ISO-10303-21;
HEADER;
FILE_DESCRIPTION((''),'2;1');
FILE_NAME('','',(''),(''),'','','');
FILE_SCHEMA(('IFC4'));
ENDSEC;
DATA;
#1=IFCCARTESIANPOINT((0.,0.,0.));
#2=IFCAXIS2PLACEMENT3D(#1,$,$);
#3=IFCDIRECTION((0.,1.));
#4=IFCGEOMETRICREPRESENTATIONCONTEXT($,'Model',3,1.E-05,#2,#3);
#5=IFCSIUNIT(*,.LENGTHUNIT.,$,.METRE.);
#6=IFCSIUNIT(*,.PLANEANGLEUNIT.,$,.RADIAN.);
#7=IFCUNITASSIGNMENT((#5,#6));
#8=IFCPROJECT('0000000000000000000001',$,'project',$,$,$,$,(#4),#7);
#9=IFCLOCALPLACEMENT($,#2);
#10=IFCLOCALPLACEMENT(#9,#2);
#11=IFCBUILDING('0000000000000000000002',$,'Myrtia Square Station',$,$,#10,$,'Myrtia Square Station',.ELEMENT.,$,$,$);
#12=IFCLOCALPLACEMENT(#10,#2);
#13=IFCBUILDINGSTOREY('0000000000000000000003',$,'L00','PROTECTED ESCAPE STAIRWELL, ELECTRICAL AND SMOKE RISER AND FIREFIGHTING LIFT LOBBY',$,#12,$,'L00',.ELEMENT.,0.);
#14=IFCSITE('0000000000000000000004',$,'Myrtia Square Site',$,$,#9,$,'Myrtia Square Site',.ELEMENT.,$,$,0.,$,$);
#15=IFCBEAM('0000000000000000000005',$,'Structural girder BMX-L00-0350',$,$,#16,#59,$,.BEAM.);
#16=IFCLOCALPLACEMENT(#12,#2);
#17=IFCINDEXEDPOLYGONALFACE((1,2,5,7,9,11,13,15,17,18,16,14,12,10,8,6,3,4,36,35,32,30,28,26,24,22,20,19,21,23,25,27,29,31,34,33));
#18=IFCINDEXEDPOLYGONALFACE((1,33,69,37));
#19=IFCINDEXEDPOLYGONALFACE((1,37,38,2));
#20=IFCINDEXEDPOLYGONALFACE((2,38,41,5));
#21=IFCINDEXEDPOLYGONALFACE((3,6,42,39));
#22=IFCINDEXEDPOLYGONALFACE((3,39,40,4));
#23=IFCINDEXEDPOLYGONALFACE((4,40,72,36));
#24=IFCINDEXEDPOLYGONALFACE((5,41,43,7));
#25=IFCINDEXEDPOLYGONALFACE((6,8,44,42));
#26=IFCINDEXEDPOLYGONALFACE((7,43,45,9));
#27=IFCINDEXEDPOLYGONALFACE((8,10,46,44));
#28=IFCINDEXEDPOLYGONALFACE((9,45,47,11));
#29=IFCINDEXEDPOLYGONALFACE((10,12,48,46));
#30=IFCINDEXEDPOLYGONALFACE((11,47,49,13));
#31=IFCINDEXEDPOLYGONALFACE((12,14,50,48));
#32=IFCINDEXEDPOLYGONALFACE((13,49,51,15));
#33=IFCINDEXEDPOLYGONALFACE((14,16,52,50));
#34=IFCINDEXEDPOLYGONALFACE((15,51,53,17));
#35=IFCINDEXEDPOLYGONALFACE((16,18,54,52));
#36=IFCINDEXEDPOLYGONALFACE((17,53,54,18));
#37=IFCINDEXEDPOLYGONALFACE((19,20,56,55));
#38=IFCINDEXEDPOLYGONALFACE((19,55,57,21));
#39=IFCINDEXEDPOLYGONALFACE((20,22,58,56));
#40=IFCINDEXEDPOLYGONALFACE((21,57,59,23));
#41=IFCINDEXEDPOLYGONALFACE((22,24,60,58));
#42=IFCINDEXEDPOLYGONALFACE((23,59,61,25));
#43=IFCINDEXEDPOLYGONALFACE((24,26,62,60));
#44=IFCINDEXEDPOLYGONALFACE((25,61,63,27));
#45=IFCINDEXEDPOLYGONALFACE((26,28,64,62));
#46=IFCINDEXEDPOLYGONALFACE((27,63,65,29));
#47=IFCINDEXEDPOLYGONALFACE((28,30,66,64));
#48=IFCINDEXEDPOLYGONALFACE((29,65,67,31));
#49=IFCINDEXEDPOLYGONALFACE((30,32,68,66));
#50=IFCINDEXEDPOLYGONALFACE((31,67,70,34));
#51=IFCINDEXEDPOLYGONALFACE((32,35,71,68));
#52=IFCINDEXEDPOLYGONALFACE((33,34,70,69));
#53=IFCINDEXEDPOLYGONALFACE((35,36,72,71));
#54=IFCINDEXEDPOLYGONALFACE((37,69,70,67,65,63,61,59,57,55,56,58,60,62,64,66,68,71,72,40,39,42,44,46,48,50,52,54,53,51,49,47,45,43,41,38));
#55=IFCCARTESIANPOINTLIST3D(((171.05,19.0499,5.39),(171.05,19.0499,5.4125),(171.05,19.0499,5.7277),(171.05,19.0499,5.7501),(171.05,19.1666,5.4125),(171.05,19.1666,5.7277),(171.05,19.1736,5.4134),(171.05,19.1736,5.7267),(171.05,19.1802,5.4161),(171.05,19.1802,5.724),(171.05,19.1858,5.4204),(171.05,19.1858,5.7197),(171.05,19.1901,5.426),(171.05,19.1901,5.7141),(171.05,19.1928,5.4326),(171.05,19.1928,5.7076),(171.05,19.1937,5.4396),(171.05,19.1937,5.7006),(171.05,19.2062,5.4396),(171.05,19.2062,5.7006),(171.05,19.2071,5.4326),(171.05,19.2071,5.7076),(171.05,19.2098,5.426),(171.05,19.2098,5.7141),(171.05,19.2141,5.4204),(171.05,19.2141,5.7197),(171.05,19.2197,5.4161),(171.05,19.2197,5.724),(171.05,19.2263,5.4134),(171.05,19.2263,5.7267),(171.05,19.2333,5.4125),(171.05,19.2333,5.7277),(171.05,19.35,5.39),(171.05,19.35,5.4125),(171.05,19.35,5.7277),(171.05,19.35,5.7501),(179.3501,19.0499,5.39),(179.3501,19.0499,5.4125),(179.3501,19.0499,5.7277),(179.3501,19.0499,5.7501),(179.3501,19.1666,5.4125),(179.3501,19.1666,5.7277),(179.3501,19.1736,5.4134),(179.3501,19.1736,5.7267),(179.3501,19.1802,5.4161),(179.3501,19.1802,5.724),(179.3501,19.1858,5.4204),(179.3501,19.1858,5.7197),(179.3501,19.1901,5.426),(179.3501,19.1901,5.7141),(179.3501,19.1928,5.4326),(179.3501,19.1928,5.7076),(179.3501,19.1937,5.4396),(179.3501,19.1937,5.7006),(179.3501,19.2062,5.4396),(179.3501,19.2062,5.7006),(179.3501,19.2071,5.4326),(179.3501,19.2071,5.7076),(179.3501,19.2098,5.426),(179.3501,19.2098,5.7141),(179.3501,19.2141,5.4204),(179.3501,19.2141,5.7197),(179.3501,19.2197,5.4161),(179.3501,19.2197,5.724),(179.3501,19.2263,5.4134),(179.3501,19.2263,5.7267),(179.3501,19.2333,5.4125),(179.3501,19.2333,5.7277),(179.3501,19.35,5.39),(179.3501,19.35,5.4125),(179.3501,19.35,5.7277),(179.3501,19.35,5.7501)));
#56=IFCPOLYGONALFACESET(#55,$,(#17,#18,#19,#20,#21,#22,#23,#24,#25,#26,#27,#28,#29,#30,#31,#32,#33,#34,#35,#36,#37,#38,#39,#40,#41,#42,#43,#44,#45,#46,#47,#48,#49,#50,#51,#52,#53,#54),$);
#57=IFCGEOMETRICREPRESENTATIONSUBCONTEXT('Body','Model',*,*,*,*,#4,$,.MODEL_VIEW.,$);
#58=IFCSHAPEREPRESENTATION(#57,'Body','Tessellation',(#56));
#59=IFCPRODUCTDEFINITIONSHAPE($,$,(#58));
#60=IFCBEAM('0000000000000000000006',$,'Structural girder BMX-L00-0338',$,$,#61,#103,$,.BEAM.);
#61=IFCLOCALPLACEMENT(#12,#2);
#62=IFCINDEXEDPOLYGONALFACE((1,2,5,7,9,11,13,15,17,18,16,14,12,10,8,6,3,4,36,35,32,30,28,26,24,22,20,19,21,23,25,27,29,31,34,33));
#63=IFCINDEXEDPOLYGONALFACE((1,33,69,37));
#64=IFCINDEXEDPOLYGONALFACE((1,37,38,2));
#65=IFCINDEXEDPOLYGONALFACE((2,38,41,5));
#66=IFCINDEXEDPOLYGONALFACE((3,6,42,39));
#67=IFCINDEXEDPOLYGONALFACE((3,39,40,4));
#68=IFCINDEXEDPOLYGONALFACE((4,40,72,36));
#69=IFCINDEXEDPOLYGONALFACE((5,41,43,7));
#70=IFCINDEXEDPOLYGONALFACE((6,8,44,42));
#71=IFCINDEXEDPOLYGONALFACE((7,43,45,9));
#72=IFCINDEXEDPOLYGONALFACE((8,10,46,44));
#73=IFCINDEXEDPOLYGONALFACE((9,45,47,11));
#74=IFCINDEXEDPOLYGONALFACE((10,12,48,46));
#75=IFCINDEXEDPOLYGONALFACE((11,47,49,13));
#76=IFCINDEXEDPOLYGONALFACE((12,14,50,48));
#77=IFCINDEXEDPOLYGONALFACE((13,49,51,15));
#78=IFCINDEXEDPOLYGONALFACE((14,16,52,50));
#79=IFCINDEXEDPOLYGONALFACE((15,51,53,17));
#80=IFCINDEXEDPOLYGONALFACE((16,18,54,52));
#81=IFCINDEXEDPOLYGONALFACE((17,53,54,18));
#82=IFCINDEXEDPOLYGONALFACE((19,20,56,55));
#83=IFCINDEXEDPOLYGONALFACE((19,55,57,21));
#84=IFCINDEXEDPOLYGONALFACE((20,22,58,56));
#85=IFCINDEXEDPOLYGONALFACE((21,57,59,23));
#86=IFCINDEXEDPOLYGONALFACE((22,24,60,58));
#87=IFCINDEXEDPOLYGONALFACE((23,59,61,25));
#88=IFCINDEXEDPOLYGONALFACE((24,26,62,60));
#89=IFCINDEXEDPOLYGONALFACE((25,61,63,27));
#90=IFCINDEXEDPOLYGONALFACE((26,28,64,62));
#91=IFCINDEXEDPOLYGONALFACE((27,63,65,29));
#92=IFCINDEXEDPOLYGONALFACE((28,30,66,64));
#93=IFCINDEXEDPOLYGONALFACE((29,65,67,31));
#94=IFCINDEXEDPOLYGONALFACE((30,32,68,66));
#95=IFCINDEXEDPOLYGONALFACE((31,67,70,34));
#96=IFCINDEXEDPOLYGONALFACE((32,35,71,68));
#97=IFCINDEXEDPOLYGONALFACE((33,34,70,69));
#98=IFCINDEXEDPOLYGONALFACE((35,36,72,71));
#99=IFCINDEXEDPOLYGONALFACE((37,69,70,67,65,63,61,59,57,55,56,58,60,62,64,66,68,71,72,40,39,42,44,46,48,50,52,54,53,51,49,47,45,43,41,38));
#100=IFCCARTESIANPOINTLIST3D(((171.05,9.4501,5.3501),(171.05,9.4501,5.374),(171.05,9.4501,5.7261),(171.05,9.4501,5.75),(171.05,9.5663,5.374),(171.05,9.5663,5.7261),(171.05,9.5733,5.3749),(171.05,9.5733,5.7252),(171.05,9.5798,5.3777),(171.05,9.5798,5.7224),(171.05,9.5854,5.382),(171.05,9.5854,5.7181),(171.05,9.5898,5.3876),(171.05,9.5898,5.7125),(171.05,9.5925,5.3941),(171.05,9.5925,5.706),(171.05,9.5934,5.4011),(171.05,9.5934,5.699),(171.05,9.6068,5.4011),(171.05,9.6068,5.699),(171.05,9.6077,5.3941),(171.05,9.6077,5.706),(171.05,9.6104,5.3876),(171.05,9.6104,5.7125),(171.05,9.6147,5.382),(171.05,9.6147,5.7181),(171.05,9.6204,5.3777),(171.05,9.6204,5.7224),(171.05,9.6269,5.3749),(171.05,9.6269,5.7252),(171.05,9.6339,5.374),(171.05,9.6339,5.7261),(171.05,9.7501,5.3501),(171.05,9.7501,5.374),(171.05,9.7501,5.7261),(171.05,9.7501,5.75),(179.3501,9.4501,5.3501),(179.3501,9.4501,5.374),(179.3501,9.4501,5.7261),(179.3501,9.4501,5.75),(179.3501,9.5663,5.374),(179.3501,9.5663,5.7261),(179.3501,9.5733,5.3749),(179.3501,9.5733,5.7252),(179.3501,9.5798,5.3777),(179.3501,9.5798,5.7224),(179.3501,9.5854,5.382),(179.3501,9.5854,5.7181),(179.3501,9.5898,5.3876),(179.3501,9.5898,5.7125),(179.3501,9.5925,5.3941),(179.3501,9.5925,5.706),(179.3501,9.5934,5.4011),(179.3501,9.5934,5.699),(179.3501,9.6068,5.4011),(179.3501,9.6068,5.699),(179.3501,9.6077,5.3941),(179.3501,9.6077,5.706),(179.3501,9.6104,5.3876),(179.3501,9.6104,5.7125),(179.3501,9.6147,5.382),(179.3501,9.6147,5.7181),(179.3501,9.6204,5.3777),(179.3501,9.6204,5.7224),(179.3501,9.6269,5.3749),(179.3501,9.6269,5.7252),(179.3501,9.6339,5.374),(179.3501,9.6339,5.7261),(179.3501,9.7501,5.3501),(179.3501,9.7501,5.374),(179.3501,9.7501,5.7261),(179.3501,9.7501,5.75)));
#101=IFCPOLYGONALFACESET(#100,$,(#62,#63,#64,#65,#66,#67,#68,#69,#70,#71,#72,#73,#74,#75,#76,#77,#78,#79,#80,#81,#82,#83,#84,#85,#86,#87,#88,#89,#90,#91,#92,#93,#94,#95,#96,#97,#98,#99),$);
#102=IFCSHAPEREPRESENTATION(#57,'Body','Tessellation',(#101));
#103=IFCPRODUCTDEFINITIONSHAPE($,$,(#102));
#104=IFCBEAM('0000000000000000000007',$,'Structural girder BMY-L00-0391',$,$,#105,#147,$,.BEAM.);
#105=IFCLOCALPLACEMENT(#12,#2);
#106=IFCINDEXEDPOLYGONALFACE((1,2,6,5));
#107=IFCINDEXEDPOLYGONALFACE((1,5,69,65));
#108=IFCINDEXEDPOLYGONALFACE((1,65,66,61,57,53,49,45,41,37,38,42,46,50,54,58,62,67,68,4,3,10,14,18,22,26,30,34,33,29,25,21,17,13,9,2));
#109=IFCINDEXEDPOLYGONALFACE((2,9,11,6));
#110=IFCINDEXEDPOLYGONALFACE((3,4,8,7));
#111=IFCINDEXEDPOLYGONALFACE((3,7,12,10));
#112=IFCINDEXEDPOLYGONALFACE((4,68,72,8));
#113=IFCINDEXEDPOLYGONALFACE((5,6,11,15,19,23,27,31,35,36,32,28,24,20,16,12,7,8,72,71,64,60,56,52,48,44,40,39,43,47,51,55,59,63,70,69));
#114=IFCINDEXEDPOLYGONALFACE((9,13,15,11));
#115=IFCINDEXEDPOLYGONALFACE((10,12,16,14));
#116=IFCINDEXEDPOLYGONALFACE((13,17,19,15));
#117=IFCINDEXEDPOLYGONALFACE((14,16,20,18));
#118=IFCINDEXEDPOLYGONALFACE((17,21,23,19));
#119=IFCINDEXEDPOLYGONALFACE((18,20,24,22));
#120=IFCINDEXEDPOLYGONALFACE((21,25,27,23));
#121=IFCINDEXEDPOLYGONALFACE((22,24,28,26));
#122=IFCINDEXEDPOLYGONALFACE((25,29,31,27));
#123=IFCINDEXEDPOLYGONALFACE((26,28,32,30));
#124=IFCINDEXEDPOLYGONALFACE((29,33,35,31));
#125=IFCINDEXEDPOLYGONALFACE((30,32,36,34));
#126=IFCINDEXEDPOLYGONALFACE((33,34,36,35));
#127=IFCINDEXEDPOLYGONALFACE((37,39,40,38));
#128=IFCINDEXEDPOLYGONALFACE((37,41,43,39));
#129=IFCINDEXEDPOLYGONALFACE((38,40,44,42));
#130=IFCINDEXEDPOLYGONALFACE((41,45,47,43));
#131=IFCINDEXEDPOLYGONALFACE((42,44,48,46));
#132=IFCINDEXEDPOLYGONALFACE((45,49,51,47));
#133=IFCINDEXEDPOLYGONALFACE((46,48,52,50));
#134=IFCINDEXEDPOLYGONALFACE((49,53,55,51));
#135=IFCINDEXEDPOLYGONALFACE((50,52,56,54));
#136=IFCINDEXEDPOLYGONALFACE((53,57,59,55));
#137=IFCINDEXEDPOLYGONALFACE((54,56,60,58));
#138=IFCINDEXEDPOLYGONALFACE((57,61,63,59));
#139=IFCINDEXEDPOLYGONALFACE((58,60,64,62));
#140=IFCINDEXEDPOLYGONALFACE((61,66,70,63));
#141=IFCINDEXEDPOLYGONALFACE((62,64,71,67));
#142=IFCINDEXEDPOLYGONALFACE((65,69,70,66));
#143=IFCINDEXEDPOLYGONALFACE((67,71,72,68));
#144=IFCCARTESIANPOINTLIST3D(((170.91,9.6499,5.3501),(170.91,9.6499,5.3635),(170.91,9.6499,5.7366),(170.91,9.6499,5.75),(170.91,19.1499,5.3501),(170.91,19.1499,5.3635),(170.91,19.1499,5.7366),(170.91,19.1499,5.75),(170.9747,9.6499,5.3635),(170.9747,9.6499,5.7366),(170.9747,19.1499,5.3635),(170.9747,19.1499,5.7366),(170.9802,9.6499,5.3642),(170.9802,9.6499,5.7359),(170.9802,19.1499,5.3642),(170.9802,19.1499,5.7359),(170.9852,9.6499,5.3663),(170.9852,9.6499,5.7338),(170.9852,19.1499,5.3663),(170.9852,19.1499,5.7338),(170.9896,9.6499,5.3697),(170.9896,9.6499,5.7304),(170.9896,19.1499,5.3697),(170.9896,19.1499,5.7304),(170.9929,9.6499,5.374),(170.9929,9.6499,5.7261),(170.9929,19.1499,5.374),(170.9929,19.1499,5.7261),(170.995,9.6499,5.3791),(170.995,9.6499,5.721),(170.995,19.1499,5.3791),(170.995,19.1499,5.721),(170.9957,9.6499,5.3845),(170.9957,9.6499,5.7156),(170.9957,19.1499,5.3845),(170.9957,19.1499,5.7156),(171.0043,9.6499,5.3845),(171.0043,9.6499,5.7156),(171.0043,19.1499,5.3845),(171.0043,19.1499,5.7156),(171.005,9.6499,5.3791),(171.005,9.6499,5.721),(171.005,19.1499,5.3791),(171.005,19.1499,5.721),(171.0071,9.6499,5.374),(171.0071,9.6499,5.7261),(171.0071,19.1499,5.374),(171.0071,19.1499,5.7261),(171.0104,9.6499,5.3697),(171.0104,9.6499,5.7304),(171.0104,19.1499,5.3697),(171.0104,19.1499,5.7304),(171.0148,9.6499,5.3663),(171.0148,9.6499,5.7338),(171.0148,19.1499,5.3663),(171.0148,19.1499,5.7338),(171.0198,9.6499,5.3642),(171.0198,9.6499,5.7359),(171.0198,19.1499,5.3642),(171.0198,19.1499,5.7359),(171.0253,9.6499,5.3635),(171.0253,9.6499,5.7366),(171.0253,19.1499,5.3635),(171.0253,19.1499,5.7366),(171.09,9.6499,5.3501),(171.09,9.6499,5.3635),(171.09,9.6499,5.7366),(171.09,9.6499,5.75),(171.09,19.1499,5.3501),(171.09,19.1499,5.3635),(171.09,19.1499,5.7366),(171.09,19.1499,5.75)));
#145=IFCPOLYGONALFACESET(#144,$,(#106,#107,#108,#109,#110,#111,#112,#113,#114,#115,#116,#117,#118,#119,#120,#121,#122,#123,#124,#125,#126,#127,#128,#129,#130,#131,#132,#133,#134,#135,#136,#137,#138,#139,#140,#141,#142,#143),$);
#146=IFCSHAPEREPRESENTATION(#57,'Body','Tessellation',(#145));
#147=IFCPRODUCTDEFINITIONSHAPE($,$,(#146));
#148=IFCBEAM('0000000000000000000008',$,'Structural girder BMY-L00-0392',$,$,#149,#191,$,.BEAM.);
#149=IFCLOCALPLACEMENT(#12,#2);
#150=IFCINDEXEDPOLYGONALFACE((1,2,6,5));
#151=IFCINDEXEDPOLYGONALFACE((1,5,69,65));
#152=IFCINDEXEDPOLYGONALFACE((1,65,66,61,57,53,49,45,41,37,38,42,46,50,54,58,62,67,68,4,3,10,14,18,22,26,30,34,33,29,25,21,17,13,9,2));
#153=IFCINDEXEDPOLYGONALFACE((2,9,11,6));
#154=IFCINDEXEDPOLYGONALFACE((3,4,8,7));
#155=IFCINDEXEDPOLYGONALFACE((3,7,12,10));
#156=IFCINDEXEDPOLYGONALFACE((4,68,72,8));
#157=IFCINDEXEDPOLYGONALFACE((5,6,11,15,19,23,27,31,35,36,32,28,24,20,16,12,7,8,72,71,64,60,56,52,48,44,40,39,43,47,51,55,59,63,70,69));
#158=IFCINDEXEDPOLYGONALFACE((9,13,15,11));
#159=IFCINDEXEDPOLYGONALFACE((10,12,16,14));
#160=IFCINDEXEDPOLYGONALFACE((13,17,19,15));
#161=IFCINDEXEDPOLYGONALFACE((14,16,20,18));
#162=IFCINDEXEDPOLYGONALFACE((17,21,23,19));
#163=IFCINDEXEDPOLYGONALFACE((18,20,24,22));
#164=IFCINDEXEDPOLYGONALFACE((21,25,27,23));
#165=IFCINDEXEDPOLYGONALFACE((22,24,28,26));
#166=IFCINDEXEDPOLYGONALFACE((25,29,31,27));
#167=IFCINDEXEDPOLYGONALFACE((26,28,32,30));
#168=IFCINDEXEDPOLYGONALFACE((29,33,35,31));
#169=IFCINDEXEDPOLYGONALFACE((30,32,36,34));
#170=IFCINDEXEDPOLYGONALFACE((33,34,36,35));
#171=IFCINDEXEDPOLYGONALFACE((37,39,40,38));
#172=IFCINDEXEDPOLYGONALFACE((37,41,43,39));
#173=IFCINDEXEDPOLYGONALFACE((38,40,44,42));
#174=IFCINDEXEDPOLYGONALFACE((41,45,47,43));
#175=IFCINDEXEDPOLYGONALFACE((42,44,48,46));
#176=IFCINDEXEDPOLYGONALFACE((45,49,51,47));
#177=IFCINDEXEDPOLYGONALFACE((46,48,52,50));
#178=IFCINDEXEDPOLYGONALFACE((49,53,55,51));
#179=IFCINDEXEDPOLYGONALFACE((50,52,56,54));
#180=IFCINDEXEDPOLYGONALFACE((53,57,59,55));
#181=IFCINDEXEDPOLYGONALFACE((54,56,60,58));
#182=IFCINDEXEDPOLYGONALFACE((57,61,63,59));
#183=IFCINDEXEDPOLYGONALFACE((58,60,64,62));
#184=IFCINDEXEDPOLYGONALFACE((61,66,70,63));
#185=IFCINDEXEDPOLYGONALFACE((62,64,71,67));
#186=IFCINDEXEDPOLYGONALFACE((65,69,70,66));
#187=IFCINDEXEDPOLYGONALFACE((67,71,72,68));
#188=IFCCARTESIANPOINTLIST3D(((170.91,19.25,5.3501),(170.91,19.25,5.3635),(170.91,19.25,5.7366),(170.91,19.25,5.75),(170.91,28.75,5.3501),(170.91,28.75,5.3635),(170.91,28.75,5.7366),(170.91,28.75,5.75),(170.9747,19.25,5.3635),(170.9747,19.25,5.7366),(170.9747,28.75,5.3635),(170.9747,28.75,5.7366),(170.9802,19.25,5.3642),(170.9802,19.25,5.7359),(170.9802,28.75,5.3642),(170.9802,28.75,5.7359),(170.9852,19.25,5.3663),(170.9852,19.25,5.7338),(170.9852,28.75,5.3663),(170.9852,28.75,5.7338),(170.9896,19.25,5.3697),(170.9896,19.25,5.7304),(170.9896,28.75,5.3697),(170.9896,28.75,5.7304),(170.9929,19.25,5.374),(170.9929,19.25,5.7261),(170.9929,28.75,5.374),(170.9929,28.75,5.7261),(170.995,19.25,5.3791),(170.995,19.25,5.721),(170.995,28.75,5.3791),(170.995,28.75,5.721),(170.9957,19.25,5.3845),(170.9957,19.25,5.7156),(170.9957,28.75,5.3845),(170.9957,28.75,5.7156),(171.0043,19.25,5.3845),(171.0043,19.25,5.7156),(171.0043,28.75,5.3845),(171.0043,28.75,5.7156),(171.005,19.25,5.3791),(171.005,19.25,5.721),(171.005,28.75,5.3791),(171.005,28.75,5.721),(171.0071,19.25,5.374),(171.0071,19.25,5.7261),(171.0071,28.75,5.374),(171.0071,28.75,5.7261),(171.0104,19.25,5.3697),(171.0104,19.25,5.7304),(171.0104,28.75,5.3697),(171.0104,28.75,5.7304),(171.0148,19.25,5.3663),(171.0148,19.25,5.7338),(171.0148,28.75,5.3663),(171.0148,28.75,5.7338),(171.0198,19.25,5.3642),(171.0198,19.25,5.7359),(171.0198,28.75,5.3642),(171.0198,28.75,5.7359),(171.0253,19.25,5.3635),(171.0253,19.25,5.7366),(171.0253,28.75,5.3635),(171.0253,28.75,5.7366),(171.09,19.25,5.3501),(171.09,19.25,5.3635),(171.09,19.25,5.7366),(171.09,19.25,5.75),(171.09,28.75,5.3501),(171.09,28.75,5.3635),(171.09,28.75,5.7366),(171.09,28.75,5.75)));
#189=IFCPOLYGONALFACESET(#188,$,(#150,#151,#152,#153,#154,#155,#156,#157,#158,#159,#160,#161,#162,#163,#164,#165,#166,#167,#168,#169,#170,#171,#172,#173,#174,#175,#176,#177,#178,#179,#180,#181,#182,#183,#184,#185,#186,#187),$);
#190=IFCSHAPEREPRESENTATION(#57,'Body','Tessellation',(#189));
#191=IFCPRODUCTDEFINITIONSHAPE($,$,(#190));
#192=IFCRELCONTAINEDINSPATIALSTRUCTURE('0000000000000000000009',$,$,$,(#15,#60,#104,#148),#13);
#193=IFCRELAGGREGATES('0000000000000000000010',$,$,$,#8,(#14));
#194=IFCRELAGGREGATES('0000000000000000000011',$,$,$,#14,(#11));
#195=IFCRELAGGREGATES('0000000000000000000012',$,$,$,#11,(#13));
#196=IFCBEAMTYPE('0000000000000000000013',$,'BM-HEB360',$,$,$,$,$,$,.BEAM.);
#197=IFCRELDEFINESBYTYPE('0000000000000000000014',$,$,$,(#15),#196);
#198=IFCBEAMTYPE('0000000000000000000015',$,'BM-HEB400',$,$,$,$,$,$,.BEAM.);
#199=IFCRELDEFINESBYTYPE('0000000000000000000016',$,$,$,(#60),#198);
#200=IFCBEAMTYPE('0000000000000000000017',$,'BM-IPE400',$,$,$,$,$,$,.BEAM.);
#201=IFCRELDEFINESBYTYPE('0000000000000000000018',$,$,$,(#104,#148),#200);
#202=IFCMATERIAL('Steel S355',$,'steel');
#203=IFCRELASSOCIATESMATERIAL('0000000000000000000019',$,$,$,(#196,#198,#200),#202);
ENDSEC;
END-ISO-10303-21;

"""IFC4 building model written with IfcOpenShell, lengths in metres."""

from ifc_helpers import new_model, si_unit, direction, frame, origin, origin_2d, place, context, subcontext, project, spatial, i_section, extrude, material, material_profile, profile_set, type_object, element, save


model = new_model("IFC4")

# Units and contexts
model_context = context("Model", 3, precision=1e-05, world=origin(), true_north=direction((0.0, 1.0)))
body_context = subcontext(model_context, "Body", "Model", "MODEL_VIEW")
ifc_project = project(units=[si_unit("LENGTHUNIT", "METRE"), si_unit("PLANEANGLEUNIT", "RADIAN")], contexts=[model_context])

# Site, building, storey
site_placement = place(None, origin())
site = spatial("IfcSite", under=ifc_project, at=site_placement, Name="Myrtia Square Site", LongName="Myrtia Square Site", CompositionType="ELEMENT", RefElevation=0.0)
building_placement = place(site_placement, origin())
building = spatial("IfcBuilding", under=site, at=building_placement, Name="Myrtia Square Station", LongName="Myrtia Square Station", CompositionType="ELEMENT")
storey_placement = place(building_placement, origin())
storey = spatial("IfcBuildingStorey", under=building, at=storey_placement, Name="L00", Description="PROTECTED ESCAPE STAIRWELL, ELECTRICAL AND SMOKE RISER AND FIREFIGHTING LIFT LOBBY", LongName="L00", CompositionType="ELEMENT", Elevation=0.0)

# Shared definitions
ifc_material_1 = material(Name="Steel S355", Category="steel")

# Beams
ifc_material_profile_1 = material_profile(ifc_material_1, i_section(OverallWidth=0.3, OverallDepth=0.3601, WebThickness=0.0125, FlangeThickness=0.0225, FilletRadius=0.0271, at=origin_2d()), Name="HEB 360")
ifc_profile_set_1 = profile_set([ifc_material_profile_1], Name="Steel S355")
beam_type_1 = type_object("IfcBeamType", Name="BM-HEB360", PredefinedType="BEAM", material=ifc_profile_set_1)
beam_1_placement = place(storey_placement, frame((171.05, 19.2, 5.5701), z_axis=(1.0, 0.0, 0.0), x_axis=(0.0, 1.0, 0.0)))
element("IfcBeam", 1, at=beam_1_placement, inside=storey, type_object=beam_type_1, Name="Structural girder BMX-L00-0350", PredefinedType="BEAM", context=body_context, shape_type="SweptSolid", body=[
    extrude(i_section(OverallWidth=0.3, OverallDepth=0.3601, WebThickness=0.0125, FlangeThickness=0.0225, FilletRadius=0.0271, at=origin_2d()), origin(), (0.0, 0.0, 1.0), 8.3),
])
ifc_material_profile_2 = material_profile(ifc_material_1, i_section(OverallWidth=0.3, OverallDepth=0.3999, WebThickness=0.0134, FlangeThickness=0.0239, FilletRadius=0.0271, at=origin_2d()), Name="HEB 400")
ifc_profile_set_2 = profile_set([ifc_material_profile_2], Name="Steel S355")
beam_type_2 = type_object("IfcBeamType", Name="BM-HEB400", PredefinedType="BEAM", material=ifc_profile_set_2)
beam_2_placement = place(storey_placement, frame((171.05, 9.6001, 5.55), z_axis=(1.0, 0.0, 0.0), x_axis=(0.0, 1.0, 0.0)))
element("IfcBeam", 2, at=beam_2_placement, inside=storey, type_object=beam_type_2, Name="Structural girder BMX-L00-0338", PredefinedType="BEAM", context=body_context, shape_type="SweptSolid", body=[
    extrude(i_section(OverallWidth=0.3, OverallDepth=0.3999, WebThickness=0.0134, FlangeThickness=0.0239, FilletRadius=0.0271, at=origin_2d()), origin(), (0.0, 0.0, 1.0), 8.3),
])
ifc_material_profile_3 = material_profile(ifc_material_1, i_section(OverallWidth=0.1799, OverallDepth=0.3999, WebThickness=0.0085, FlangeThickness=0.0134, FilletRadius=0.021, at=origin_2d()), Name="IPE 400")
ifc_profile_set_3 = profile_set([ifc_material_profile_3], Name="Steel S355")
beam_type_3 = type_object("IfcBeamType", Name="BM-IPE400", PredefinedType="BEAM", material=ifc_profile_set_3)
for number, where, z_axis, x_axis, name in (
    (3, (171.0, 9.6499, 5.55), (0.0, 1.0, 0.0), (-1.0, 0.0, 0.0), "Structural girder BMY-L00-0391"),
    (4, (171.0, 19.25, 5.55), (0.0, 1.0, 0.0), (-1.0, 0.0, 0.0), "Structural girder BMY-L00-0392"),
):
    element("IfcBeam", number, at=place(storey_placement, frame(where, z_axis=z_axis, x_axis=x_axis)), inside=storey, type_object=beam_type_3, Name=name, PredefinedType="BEAM", context=body_context, shape_type="SweptSolid", body=[
        extrude(i_section(OverallWidth=0.1799, OverallDepth=0.3999, WebThickness=0.0085, FlangeThickness=0.0134, FilletRadius=0.021, at=origin_2d()), origin(), (0.0, 0.0, 1.0), 9.5),
    ])

save(model, "model.ifc")
